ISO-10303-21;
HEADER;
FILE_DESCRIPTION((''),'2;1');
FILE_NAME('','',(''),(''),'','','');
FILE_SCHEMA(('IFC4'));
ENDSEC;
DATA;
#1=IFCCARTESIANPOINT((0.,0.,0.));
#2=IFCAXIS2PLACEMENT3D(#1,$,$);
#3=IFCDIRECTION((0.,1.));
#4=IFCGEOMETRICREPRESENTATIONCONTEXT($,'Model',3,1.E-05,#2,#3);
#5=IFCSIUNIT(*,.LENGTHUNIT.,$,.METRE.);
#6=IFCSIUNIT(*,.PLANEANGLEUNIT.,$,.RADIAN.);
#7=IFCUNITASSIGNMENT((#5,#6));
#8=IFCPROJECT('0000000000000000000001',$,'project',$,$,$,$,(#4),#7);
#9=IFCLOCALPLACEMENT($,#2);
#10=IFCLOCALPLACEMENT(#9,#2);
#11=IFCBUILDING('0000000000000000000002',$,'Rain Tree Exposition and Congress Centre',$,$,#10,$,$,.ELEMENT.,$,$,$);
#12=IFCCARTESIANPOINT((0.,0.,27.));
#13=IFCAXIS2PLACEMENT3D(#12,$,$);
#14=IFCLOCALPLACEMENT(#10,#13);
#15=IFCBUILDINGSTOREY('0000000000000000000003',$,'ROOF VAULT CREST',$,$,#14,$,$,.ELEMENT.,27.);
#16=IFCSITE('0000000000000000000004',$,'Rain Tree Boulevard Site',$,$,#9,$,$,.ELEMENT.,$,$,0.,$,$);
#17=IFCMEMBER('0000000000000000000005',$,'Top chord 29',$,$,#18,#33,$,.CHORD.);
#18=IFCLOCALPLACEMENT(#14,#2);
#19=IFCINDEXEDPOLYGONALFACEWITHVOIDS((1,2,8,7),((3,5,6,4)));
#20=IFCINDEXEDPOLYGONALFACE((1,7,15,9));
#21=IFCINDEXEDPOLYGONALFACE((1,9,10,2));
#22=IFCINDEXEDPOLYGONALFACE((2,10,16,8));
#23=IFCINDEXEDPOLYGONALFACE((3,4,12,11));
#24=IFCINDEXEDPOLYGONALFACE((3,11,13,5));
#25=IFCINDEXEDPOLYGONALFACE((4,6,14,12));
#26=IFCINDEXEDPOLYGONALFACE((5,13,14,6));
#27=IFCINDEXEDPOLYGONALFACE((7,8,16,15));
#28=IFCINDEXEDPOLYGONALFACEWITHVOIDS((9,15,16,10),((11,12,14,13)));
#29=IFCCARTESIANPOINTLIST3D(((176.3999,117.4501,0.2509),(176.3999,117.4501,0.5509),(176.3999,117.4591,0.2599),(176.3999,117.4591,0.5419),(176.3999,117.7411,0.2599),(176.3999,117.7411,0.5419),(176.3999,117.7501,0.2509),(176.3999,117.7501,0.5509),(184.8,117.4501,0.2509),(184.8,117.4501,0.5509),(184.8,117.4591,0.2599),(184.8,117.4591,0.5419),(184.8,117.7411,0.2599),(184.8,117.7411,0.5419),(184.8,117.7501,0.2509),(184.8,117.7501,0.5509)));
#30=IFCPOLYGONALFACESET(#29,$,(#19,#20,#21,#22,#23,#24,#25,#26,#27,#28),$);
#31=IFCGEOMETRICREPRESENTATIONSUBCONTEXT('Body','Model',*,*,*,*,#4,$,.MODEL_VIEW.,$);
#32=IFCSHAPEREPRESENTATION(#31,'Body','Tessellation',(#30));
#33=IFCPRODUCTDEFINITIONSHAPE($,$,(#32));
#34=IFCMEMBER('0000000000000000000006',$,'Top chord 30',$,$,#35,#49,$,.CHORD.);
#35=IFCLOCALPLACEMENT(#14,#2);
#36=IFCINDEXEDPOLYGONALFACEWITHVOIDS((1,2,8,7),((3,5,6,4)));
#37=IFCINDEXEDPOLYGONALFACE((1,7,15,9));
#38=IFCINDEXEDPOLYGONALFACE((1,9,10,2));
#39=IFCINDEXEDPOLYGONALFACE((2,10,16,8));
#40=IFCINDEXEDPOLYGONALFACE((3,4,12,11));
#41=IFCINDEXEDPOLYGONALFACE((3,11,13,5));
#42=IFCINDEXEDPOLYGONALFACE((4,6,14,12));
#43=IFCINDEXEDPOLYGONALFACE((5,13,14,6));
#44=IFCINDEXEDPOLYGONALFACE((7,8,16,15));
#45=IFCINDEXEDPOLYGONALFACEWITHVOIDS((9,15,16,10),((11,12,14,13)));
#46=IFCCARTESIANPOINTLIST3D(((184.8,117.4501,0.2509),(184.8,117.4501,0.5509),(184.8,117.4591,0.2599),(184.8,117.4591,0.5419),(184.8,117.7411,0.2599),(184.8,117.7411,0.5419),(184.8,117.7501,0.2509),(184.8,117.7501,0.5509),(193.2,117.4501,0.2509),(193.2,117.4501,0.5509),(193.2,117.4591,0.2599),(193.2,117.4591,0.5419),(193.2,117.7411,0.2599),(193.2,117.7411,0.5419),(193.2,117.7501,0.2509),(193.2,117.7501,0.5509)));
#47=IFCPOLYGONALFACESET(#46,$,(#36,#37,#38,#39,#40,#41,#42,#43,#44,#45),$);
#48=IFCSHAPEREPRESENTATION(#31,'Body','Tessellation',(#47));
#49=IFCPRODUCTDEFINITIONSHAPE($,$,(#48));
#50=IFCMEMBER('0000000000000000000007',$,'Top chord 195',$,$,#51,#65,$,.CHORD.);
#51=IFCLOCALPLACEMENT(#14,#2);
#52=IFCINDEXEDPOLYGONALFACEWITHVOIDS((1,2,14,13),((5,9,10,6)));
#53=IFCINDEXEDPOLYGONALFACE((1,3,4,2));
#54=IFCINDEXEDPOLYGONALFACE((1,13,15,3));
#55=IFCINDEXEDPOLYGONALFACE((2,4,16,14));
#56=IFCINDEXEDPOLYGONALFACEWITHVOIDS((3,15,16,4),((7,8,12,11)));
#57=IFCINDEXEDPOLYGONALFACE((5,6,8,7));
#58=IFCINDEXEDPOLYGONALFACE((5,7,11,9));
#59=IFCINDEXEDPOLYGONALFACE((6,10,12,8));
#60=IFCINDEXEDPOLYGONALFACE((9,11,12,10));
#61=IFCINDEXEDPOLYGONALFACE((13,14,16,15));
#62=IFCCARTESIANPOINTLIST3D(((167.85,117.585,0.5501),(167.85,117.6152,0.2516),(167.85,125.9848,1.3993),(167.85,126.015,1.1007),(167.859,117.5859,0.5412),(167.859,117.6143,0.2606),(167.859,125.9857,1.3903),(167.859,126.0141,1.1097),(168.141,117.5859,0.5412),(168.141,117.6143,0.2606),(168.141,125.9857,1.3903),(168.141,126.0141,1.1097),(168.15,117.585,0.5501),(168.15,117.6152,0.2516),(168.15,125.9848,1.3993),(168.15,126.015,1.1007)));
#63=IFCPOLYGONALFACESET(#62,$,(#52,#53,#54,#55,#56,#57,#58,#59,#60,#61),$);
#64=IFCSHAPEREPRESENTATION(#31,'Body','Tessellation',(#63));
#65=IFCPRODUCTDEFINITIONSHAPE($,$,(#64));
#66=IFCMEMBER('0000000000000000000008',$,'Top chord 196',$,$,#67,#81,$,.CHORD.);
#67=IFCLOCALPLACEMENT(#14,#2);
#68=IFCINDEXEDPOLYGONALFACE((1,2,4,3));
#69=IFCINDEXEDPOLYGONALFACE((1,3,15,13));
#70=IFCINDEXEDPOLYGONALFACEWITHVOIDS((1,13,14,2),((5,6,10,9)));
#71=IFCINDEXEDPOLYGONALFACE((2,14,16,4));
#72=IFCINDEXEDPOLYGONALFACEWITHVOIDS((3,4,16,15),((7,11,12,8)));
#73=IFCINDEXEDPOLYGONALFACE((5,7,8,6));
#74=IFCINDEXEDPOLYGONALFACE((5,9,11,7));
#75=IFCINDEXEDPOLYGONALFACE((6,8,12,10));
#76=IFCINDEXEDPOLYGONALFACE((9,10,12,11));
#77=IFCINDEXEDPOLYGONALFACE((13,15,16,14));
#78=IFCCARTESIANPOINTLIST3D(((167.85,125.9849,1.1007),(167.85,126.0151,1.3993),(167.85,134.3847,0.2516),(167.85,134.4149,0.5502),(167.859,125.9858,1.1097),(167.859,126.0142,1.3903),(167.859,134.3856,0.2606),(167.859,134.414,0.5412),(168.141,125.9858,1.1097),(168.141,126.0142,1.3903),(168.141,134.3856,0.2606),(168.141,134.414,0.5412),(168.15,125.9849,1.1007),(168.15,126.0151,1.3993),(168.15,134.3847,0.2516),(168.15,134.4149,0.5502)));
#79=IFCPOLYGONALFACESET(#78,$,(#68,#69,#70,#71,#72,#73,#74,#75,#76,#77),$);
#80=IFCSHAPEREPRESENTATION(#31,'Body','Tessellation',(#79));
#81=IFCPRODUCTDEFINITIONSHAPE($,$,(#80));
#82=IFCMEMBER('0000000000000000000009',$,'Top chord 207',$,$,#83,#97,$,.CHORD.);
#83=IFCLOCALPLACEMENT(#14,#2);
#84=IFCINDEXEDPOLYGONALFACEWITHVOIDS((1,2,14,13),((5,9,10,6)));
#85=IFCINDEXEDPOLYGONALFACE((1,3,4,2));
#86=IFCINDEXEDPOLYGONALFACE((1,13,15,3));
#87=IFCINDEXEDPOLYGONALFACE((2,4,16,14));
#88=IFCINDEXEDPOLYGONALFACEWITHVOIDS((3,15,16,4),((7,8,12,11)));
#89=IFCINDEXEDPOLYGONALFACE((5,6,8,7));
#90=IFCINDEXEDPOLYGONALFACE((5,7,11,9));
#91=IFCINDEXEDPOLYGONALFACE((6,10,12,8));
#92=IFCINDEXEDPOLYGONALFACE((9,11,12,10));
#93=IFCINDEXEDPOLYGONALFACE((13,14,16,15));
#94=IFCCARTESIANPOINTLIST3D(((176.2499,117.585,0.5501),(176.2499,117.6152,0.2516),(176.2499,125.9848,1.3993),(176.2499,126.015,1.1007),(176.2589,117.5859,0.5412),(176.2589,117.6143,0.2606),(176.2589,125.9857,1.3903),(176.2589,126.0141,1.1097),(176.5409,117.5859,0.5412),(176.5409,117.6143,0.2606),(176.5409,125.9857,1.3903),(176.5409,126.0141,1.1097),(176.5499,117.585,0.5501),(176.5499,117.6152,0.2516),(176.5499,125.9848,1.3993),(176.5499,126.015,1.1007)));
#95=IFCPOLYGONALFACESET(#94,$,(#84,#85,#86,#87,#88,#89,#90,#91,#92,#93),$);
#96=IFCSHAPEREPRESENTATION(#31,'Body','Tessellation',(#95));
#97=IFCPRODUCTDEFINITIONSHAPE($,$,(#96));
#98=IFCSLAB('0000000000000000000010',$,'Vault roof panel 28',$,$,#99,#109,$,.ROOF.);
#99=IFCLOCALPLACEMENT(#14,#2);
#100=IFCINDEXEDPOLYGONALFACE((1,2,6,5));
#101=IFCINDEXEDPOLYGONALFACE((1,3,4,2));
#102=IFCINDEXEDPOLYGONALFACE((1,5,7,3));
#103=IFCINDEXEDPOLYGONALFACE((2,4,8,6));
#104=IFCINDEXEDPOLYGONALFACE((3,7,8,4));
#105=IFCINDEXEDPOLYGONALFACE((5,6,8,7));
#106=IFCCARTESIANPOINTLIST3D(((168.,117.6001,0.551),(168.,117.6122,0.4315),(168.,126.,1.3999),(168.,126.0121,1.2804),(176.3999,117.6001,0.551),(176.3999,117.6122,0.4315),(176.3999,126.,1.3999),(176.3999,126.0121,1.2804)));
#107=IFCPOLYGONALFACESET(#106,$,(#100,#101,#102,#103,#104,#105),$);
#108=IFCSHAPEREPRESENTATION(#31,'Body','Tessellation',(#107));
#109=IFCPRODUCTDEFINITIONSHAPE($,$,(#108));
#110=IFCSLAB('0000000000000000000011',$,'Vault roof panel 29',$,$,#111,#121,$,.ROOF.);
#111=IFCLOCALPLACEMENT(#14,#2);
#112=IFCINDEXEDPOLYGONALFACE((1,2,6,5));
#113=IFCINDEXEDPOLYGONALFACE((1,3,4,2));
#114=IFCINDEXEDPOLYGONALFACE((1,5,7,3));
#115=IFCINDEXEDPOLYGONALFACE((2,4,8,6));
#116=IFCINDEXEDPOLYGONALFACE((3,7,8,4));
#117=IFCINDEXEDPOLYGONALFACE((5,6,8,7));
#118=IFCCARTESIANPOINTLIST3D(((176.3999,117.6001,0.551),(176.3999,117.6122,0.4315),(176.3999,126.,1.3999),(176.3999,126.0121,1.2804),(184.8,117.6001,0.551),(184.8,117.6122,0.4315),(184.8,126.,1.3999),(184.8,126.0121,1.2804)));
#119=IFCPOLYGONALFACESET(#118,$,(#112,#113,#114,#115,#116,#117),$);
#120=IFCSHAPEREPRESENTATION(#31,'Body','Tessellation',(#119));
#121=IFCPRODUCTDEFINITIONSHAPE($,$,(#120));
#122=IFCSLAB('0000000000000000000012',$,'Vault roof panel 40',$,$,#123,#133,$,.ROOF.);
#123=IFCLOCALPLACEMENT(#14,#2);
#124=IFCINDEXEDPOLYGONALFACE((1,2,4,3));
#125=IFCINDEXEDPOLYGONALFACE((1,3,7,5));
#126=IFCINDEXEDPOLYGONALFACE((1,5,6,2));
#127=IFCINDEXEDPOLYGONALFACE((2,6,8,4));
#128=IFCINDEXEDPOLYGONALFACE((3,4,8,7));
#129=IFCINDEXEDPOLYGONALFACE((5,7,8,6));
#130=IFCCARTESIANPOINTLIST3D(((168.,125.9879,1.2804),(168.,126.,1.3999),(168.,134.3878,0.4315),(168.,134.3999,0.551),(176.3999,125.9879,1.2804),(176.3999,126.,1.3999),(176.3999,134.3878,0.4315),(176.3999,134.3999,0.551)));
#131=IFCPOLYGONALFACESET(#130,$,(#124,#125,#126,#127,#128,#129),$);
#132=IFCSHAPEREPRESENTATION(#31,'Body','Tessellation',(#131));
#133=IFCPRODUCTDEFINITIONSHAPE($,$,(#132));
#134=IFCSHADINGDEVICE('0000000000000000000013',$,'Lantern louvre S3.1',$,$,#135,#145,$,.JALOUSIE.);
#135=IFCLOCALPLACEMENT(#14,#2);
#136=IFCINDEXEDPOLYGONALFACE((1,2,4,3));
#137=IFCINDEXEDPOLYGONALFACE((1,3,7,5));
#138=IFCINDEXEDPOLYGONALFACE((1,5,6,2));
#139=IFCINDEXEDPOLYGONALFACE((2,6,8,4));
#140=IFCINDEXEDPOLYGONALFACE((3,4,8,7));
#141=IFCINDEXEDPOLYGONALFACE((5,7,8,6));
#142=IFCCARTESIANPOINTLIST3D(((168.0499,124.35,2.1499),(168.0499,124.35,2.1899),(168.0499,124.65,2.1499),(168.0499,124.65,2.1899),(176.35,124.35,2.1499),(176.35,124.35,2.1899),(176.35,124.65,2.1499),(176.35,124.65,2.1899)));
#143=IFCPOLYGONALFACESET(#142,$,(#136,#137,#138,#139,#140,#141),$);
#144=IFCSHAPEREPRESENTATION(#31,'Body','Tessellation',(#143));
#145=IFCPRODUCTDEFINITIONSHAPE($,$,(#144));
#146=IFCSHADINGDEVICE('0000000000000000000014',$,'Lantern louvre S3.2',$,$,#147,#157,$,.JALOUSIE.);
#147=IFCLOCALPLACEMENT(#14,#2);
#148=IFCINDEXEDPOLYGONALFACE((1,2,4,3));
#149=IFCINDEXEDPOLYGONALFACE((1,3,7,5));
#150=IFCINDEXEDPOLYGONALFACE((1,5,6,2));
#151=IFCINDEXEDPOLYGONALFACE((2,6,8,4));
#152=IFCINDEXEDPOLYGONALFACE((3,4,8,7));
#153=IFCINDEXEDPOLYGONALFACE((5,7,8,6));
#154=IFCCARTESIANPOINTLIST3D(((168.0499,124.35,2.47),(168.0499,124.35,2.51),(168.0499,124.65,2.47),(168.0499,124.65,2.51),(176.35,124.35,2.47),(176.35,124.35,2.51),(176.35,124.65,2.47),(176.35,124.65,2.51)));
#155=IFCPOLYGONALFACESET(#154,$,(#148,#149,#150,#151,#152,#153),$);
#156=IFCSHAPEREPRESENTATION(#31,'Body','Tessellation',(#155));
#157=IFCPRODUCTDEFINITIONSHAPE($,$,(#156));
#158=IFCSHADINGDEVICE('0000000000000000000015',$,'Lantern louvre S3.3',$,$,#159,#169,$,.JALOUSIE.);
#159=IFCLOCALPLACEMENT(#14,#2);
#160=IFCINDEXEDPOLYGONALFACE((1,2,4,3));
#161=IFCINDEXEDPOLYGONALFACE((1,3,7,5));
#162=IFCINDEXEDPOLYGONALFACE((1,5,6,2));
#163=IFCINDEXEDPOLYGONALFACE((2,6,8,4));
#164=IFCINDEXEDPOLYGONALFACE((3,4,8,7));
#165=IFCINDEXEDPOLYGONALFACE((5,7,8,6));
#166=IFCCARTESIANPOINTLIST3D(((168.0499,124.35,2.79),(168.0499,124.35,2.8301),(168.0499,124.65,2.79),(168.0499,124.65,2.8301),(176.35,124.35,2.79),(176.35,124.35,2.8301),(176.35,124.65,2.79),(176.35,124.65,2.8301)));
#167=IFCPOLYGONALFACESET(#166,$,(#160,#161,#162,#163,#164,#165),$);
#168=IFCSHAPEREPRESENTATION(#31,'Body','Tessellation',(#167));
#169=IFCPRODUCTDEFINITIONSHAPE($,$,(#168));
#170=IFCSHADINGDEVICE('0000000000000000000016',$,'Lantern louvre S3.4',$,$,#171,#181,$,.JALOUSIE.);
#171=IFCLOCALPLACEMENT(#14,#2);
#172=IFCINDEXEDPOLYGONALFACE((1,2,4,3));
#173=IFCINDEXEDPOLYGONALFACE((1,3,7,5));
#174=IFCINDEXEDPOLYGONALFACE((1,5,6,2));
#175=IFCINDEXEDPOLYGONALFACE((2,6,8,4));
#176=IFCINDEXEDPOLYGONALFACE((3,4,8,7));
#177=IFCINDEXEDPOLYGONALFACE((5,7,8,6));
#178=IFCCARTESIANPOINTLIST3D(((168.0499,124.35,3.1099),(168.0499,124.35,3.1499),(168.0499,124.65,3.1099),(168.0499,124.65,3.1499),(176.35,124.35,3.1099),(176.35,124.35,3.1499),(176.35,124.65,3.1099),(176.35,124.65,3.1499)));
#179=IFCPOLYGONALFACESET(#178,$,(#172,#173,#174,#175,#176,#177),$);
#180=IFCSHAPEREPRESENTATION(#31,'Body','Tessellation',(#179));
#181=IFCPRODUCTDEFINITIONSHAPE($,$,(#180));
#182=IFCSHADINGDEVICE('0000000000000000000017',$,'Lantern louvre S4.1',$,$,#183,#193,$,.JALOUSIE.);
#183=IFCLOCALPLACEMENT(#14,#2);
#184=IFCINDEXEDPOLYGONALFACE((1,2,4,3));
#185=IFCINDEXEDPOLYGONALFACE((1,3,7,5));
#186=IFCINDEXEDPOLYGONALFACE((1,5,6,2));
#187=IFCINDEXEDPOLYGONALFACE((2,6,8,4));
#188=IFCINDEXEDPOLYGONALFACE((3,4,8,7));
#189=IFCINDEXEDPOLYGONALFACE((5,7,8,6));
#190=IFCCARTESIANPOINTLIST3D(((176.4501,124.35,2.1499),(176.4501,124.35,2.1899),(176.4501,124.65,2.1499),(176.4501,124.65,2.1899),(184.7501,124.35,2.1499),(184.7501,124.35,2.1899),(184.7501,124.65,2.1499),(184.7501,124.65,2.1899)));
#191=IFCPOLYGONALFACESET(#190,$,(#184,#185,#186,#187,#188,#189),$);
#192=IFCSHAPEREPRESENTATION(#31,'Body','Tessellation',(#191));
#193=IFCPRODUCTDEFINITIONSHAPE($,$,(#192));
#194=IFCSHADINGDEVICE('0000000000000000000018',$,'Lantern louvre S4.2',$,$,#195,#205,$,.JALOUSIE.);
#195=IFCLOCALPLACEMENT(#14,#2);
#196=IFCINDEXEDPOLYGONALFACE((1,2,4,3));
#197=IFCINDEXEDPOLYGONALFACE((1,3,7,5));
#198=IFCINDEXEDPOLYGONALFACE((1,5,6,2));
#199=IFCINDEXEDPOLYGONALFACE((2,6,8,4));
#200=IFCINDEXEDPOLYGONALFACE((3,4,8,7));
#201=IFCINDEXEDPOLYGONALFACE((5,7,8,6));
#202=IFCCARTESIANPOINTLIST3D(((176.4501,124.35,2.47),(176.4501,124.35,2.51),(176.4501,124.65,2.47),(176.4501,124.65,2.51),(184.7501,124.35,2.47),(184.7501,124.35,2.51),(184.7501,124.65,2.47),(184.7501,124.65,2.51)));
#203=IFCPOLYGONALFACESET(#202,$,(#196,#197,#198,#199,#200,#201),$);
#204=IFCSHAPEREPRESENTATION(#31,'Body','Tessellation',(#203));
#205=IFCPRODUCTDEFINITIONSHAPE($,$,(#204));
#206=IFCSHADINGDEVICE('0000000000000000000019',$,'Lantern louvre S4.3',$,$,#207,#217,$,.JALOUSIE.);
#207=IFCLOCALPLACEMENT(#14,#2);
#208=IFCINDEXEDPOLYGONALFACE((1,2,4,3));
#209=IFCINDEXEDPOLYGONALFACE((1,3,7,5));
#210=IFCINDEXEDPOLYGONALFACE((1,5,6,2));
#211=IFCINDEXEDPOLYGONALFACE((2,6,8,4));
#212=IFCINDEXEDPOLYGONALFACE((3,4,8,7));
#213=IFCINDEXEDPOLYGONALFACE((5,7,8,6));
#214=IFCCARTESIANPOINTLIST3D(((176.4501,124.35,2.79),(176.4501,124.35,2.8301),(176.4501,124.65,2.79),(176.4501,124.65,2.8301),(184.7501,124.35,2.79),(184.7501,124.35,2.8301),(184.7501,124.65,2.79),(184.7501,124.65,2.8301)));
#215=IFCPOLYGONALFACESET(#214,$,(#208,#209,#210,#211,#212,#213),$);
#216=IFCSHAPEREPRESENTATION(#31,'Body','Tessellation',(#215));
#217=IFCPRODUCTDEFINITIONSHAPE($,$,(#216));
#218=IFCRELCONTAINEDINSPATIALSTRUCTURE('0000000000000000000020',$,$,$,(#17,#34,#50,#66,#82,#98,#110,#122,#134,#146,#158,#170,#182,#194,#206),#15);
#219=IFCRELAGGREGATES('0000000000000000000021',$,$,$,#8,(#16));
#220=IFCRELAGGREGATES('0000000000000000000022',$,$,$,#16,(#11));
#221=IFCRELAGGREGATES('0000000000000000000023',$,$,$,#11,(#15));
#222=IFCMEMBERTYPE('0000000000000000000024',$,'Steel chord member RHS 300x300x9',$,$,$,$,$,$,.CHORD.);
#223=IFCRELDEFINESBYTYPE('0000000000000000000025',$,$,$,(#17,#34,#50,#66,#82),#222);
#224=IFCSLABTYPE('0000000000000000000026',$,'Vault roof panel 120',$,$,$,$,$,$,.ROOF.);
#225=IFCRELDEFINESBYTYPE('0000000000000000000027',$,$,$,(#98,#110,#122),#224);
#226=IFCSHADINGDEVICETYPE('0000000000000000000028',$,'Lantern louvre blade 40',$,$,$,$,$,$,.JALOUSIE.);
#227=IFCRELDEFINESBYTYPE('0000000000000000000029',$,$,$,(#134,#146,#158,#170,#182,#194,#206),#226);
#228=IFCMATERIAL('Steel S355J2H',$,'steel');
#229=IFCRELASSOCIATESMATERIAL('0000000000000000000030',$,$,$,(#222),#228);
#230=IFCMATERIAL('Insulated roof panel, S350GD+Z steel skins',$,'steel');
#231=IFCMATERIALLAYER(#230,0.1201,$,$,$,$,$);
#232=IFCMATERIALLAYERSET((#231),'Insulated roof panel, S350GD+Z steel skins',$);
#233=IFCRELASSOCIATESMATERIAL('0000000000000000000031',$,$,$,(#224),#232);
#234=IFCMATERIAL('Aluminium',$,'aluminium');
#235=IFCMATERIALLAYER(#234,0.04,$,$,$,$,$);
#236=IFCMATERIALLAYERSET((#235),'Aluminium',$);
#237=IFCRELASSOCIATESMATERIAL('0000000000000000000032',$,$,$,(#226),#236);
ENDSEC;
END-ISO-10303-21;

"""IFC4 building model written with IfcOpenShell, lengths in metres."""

from ifc_helpers import new_model, si_unit, direction, frame, origin, origin_2d, place, context, subcontext, project, spatial, polyline, rectangle, hollow_rectangle, outline, extrude, material, layer, layer_set, material_profile, profile_set, type_object, element, save


model = new_model("IFC4")

# Units and contexts
model_context = context("Model", 3, precision=1e-05, world=origin(), true_north=direction((0.0, 1.0)))
body_context = subcontext(model_context, "Body", "Model", "MODEL_VIEW")
ifc_project = project(units=[si_unit("LENGTHUNIT", "METRE"), si_unit("PLANEANGLEUNIT", "RADIAN")], contexts=[model_context])

# Site, building, storey
site_placement = place(None, origin())
site = spatial("IfcSite", under=ifc_project, at=site_placement, Name="Rain Tree Boulevard Site", CompositionType="ELEMENT", RefElevation=0.0)
building_placement = place(site_placement, origin())
building = spatial("IfcBuilding", under=site, at=building_placement, Name="Rain Tree Exposition and Congress Centre", CompositionType="ELEMENT")
storey_placement = place(building_placement, frame((0.0, 0.0, 27.0)))
storey = spatial("IfcBuildingStorey", under=building, at=storey_placement, Name="ROOF VAULT CREST", CompositionType="ELEMENT", Elevation=27.0)

# Members
ifc_material_1 = material(Name="Steel S355J2H", Category="steel")
ifc_material_profile_1 = material_profile(ifc_material_1, hollow_rectangle(XDim=0.3, YDim=0.3, WallThickness=0.009, at=origin_2d()), Name="RHS 300x300x9")
ifc_profile_set_1 = profile_set([ifc_material_profile_1], Name="Steel S355J2H")
member_type = type_object("IfcMemberType", Name="Steel chord member RHS 300x300x9", PredefinedType="CHORD", material=ifc_profile_set_1)
member_1_placement = place(storey_placement, frame((176.3999, 117.6001, 0.4009), z_axis=(1.0, 0.0, 0.0), x_axis=(0.0, 1.0, 0.0)))
element("IfcMember", 1, at=member_1_placement, inside=storey, type_object=member_type, Name="Top chord 29", PredefinedType="CHORD", context=body_context, shape_type="SweptSolid", body=[
    extrude(hollow_rectangle(XDim=0.3, YDim=0.3, WallThickness=0.009, at=origin_2d()), origin(), (0.0, 0.0, 1.0), 8.4001),
])
member_2_placement = place(storey_placement, frame((184.8, 117.6001, 0.4009), z_axis=(1.0, 0.0, 0.0), x_axis=(0.0, 1.0, 0.0)))
element("IfcMember", 2, at=member_2_placement, inside=storey, type_object=member_type, Name="Top chord 30", PredefinedType="CHORD", context=body_context, shape_type="SweptSolid", body=[
    extrude(hollow_rectangle(XDim=0.3, YDim=0.3, WallThickness=0.009, at=origin_2d()), origin(), (0.0, 0.0, 1.0), 8.3999),
])
for number, where, z_axis, x_axis, name in (
    (3, (168.0, 117.6001, 0.4009), (0.0, 0.99493, 0.100574), (-1.0, 0.0, 0.0), "Top chord 195"),
    (4, (168.0, 126.0, 1.25), (0.0, 0.99493, -0.100574), (-1.0, 0.0, 0.0), "Top chord 196"),
    (5, (176.3999, 117.6001, 0.4009), (0.0, 0.99493, 0.100574), (-1.0, 0.0, 0.0), "Top chord 207"),
):
    element("IfcMember", number, at=place(storey_placement, frame(where, z_axis=z_axis, x_axis=x_axis)), inside=storey, type_object=member_type, Name=name, PredefinedType="CHORD", context=body_context, shape_type="SweptSolid", body=[
        extrude(hollow_rectangle(XDim=0.3, YDim=0.3, WallThickness=0.009, at=origin_2d()), origin(), (0.0, 0.0, 1.0), 8.4426),
    ])

# Slabs
ifc_material_2 = material(Name="Insulated roof panel, S350GD+Z steel skins", Category="steel")
ifc_layer_1 = layer(ifc_material_2, 0.1201)
ifc_layer_set_1 = layer_set([ifc_layer_1], Name="Insulated roof panel, S350GD+Z steel skins")
slab_type = type_object("IfcSlabType", Name="Vault roof panel 120", PredefinedType="ROOF", material=ifc_layer_set_1)
slab_1_placement = place(storey_placement, frame((168.0, 117.6001, 0.551), z_axis=(0.0, -0.100546, 0.994932), x_axis=(1.0, 0.0, 0.0)))
element("IfcSlab", 6, at=slab_1_placement, inside=storey, type_object=slab_type, Name="Vault roof panel 28", PredefinedType="ROOF", context=body_context, shape_type="SweptSolid", body=[
    extrude(outline(polyline([(0.0, 0.0), (8.3999, 0.0), (8.3999, 8.4427), (0.0, 8.4427), (0.0, 0.0)])), origin(), (0.0, 0.0, -1.0), 0.1201),
])
slab_2_placement = place(storey_placement, frame((176.3999, 117.6001, 0.551), z_axis=(0.0, -0.100546, 0.994932), x_axis=(1.0, 0.0, 0.0)))
element("IfcSlab", 7, at=slab_2_placement, inside=storey, type_object=slab_type, Name="Vault roof panel 29", PredefinedType="ROOF", context=body_context, shape_type="SweptSolid", body=[
    extrude(outline(polyline([(0.0, 0.0), (8.4001, 0.0), (8.4001, 8.4427), (0.0, 8.4427), (0.0, 0.0)])), origin(), (0.0, 0.0, -1.0), 0.1201),
])
slab_3_placement = place(storey_placement, frame((168.0, 126.0, 1.3999), z_axis=(0.0, 0.100546, 0.994932), x_axis=(1.0, 0.0, 0.0)))
element("IfcSlab", 8, at=slab_3_placement, inside=storey, type_object=slab_type, Name="Vault roof panel 40", PredefinedType="ROOF", context=body_context, shape_type="SweptSolid", body=[
    extrude(outline(polyline([(0.0, 0.0), (8.3999, 0.0), (8.3999, 8.4427), (0.0, 8.4427), (0.0, 0.0)])), origin(), (0.0, 0.0, -1.0), 0.1201),
])

# Shading devices
ifc_material_3 = material(Name="Aluminium", Category="aluminium")
ifc_layer_2 = layer(ifc_material_3, 0.04)
ifc_layer_set_2 = layer_set([ifc_layer_2], Name="Aluminium")
shading_device_type = type_object("IfcShadingDeviceType", Name="Lantern louvre blade 40", PredefinedType="JALOUSIE", material=ifc_layer_set_2)
for number, where, z_axis, x_axis, name in (
    (9, (172.2, 124.5, 2.1499), (0.0, 0.0, 1.0), (1.0, 0.0, 0.0), "Lantern louvre S3.1"),
    (10, (172.2, 124.5, 2.47), (0.0, 0.0, 1.0), (1.0, 0.0, 0.0), "Lantern louvre S3.2"),
    (11, (172.2, 124.5, 2.79), (0.0, 0.0, 1.0), (1.0, 0.0, 0.0), "Lantern louvre S3.3"),
    (12, (172.2, 124.5, 3.1099), (0.0, 0.0, 1.0), (1.0, 0.0, 0.0), "Lantern louvre S3.4"),
    (13, (180.6001, 124.5, 2.1499), (0.0, 0.0, 1.0), (1.0, 0.0, 0.0), "Lantern louvre S4.1"),
    (14, (180.6001, 124.5, 2.47), (0.0, 0.0, 1.0), (1.0, 0.0, 0.0), "Lantern louvre S4.2"),
    (15, (180.6001, 124.5, 2.79), (0.0, 0.0, 1.0), (1.0, 0.0, 0.0), "Lantern louvre S4.3"),
):
    element("IfcShadingDevice", number, at=place(storey_placement, frame(where, z_axis=z_axis, x_axis=x_axis)), inside=storey, type_object=shading_device_type, Name=name, PredefinedType="JALOUSIE", context=body_context, shape_type="SweptSolid", body=[
        extrude(rectangle(XDim=8.3, YDim=0.3, at=origin_2d()), origin(), (0.0, 0.0, 1.0), 0.04),
    ])

save(model, "model.ifc")
